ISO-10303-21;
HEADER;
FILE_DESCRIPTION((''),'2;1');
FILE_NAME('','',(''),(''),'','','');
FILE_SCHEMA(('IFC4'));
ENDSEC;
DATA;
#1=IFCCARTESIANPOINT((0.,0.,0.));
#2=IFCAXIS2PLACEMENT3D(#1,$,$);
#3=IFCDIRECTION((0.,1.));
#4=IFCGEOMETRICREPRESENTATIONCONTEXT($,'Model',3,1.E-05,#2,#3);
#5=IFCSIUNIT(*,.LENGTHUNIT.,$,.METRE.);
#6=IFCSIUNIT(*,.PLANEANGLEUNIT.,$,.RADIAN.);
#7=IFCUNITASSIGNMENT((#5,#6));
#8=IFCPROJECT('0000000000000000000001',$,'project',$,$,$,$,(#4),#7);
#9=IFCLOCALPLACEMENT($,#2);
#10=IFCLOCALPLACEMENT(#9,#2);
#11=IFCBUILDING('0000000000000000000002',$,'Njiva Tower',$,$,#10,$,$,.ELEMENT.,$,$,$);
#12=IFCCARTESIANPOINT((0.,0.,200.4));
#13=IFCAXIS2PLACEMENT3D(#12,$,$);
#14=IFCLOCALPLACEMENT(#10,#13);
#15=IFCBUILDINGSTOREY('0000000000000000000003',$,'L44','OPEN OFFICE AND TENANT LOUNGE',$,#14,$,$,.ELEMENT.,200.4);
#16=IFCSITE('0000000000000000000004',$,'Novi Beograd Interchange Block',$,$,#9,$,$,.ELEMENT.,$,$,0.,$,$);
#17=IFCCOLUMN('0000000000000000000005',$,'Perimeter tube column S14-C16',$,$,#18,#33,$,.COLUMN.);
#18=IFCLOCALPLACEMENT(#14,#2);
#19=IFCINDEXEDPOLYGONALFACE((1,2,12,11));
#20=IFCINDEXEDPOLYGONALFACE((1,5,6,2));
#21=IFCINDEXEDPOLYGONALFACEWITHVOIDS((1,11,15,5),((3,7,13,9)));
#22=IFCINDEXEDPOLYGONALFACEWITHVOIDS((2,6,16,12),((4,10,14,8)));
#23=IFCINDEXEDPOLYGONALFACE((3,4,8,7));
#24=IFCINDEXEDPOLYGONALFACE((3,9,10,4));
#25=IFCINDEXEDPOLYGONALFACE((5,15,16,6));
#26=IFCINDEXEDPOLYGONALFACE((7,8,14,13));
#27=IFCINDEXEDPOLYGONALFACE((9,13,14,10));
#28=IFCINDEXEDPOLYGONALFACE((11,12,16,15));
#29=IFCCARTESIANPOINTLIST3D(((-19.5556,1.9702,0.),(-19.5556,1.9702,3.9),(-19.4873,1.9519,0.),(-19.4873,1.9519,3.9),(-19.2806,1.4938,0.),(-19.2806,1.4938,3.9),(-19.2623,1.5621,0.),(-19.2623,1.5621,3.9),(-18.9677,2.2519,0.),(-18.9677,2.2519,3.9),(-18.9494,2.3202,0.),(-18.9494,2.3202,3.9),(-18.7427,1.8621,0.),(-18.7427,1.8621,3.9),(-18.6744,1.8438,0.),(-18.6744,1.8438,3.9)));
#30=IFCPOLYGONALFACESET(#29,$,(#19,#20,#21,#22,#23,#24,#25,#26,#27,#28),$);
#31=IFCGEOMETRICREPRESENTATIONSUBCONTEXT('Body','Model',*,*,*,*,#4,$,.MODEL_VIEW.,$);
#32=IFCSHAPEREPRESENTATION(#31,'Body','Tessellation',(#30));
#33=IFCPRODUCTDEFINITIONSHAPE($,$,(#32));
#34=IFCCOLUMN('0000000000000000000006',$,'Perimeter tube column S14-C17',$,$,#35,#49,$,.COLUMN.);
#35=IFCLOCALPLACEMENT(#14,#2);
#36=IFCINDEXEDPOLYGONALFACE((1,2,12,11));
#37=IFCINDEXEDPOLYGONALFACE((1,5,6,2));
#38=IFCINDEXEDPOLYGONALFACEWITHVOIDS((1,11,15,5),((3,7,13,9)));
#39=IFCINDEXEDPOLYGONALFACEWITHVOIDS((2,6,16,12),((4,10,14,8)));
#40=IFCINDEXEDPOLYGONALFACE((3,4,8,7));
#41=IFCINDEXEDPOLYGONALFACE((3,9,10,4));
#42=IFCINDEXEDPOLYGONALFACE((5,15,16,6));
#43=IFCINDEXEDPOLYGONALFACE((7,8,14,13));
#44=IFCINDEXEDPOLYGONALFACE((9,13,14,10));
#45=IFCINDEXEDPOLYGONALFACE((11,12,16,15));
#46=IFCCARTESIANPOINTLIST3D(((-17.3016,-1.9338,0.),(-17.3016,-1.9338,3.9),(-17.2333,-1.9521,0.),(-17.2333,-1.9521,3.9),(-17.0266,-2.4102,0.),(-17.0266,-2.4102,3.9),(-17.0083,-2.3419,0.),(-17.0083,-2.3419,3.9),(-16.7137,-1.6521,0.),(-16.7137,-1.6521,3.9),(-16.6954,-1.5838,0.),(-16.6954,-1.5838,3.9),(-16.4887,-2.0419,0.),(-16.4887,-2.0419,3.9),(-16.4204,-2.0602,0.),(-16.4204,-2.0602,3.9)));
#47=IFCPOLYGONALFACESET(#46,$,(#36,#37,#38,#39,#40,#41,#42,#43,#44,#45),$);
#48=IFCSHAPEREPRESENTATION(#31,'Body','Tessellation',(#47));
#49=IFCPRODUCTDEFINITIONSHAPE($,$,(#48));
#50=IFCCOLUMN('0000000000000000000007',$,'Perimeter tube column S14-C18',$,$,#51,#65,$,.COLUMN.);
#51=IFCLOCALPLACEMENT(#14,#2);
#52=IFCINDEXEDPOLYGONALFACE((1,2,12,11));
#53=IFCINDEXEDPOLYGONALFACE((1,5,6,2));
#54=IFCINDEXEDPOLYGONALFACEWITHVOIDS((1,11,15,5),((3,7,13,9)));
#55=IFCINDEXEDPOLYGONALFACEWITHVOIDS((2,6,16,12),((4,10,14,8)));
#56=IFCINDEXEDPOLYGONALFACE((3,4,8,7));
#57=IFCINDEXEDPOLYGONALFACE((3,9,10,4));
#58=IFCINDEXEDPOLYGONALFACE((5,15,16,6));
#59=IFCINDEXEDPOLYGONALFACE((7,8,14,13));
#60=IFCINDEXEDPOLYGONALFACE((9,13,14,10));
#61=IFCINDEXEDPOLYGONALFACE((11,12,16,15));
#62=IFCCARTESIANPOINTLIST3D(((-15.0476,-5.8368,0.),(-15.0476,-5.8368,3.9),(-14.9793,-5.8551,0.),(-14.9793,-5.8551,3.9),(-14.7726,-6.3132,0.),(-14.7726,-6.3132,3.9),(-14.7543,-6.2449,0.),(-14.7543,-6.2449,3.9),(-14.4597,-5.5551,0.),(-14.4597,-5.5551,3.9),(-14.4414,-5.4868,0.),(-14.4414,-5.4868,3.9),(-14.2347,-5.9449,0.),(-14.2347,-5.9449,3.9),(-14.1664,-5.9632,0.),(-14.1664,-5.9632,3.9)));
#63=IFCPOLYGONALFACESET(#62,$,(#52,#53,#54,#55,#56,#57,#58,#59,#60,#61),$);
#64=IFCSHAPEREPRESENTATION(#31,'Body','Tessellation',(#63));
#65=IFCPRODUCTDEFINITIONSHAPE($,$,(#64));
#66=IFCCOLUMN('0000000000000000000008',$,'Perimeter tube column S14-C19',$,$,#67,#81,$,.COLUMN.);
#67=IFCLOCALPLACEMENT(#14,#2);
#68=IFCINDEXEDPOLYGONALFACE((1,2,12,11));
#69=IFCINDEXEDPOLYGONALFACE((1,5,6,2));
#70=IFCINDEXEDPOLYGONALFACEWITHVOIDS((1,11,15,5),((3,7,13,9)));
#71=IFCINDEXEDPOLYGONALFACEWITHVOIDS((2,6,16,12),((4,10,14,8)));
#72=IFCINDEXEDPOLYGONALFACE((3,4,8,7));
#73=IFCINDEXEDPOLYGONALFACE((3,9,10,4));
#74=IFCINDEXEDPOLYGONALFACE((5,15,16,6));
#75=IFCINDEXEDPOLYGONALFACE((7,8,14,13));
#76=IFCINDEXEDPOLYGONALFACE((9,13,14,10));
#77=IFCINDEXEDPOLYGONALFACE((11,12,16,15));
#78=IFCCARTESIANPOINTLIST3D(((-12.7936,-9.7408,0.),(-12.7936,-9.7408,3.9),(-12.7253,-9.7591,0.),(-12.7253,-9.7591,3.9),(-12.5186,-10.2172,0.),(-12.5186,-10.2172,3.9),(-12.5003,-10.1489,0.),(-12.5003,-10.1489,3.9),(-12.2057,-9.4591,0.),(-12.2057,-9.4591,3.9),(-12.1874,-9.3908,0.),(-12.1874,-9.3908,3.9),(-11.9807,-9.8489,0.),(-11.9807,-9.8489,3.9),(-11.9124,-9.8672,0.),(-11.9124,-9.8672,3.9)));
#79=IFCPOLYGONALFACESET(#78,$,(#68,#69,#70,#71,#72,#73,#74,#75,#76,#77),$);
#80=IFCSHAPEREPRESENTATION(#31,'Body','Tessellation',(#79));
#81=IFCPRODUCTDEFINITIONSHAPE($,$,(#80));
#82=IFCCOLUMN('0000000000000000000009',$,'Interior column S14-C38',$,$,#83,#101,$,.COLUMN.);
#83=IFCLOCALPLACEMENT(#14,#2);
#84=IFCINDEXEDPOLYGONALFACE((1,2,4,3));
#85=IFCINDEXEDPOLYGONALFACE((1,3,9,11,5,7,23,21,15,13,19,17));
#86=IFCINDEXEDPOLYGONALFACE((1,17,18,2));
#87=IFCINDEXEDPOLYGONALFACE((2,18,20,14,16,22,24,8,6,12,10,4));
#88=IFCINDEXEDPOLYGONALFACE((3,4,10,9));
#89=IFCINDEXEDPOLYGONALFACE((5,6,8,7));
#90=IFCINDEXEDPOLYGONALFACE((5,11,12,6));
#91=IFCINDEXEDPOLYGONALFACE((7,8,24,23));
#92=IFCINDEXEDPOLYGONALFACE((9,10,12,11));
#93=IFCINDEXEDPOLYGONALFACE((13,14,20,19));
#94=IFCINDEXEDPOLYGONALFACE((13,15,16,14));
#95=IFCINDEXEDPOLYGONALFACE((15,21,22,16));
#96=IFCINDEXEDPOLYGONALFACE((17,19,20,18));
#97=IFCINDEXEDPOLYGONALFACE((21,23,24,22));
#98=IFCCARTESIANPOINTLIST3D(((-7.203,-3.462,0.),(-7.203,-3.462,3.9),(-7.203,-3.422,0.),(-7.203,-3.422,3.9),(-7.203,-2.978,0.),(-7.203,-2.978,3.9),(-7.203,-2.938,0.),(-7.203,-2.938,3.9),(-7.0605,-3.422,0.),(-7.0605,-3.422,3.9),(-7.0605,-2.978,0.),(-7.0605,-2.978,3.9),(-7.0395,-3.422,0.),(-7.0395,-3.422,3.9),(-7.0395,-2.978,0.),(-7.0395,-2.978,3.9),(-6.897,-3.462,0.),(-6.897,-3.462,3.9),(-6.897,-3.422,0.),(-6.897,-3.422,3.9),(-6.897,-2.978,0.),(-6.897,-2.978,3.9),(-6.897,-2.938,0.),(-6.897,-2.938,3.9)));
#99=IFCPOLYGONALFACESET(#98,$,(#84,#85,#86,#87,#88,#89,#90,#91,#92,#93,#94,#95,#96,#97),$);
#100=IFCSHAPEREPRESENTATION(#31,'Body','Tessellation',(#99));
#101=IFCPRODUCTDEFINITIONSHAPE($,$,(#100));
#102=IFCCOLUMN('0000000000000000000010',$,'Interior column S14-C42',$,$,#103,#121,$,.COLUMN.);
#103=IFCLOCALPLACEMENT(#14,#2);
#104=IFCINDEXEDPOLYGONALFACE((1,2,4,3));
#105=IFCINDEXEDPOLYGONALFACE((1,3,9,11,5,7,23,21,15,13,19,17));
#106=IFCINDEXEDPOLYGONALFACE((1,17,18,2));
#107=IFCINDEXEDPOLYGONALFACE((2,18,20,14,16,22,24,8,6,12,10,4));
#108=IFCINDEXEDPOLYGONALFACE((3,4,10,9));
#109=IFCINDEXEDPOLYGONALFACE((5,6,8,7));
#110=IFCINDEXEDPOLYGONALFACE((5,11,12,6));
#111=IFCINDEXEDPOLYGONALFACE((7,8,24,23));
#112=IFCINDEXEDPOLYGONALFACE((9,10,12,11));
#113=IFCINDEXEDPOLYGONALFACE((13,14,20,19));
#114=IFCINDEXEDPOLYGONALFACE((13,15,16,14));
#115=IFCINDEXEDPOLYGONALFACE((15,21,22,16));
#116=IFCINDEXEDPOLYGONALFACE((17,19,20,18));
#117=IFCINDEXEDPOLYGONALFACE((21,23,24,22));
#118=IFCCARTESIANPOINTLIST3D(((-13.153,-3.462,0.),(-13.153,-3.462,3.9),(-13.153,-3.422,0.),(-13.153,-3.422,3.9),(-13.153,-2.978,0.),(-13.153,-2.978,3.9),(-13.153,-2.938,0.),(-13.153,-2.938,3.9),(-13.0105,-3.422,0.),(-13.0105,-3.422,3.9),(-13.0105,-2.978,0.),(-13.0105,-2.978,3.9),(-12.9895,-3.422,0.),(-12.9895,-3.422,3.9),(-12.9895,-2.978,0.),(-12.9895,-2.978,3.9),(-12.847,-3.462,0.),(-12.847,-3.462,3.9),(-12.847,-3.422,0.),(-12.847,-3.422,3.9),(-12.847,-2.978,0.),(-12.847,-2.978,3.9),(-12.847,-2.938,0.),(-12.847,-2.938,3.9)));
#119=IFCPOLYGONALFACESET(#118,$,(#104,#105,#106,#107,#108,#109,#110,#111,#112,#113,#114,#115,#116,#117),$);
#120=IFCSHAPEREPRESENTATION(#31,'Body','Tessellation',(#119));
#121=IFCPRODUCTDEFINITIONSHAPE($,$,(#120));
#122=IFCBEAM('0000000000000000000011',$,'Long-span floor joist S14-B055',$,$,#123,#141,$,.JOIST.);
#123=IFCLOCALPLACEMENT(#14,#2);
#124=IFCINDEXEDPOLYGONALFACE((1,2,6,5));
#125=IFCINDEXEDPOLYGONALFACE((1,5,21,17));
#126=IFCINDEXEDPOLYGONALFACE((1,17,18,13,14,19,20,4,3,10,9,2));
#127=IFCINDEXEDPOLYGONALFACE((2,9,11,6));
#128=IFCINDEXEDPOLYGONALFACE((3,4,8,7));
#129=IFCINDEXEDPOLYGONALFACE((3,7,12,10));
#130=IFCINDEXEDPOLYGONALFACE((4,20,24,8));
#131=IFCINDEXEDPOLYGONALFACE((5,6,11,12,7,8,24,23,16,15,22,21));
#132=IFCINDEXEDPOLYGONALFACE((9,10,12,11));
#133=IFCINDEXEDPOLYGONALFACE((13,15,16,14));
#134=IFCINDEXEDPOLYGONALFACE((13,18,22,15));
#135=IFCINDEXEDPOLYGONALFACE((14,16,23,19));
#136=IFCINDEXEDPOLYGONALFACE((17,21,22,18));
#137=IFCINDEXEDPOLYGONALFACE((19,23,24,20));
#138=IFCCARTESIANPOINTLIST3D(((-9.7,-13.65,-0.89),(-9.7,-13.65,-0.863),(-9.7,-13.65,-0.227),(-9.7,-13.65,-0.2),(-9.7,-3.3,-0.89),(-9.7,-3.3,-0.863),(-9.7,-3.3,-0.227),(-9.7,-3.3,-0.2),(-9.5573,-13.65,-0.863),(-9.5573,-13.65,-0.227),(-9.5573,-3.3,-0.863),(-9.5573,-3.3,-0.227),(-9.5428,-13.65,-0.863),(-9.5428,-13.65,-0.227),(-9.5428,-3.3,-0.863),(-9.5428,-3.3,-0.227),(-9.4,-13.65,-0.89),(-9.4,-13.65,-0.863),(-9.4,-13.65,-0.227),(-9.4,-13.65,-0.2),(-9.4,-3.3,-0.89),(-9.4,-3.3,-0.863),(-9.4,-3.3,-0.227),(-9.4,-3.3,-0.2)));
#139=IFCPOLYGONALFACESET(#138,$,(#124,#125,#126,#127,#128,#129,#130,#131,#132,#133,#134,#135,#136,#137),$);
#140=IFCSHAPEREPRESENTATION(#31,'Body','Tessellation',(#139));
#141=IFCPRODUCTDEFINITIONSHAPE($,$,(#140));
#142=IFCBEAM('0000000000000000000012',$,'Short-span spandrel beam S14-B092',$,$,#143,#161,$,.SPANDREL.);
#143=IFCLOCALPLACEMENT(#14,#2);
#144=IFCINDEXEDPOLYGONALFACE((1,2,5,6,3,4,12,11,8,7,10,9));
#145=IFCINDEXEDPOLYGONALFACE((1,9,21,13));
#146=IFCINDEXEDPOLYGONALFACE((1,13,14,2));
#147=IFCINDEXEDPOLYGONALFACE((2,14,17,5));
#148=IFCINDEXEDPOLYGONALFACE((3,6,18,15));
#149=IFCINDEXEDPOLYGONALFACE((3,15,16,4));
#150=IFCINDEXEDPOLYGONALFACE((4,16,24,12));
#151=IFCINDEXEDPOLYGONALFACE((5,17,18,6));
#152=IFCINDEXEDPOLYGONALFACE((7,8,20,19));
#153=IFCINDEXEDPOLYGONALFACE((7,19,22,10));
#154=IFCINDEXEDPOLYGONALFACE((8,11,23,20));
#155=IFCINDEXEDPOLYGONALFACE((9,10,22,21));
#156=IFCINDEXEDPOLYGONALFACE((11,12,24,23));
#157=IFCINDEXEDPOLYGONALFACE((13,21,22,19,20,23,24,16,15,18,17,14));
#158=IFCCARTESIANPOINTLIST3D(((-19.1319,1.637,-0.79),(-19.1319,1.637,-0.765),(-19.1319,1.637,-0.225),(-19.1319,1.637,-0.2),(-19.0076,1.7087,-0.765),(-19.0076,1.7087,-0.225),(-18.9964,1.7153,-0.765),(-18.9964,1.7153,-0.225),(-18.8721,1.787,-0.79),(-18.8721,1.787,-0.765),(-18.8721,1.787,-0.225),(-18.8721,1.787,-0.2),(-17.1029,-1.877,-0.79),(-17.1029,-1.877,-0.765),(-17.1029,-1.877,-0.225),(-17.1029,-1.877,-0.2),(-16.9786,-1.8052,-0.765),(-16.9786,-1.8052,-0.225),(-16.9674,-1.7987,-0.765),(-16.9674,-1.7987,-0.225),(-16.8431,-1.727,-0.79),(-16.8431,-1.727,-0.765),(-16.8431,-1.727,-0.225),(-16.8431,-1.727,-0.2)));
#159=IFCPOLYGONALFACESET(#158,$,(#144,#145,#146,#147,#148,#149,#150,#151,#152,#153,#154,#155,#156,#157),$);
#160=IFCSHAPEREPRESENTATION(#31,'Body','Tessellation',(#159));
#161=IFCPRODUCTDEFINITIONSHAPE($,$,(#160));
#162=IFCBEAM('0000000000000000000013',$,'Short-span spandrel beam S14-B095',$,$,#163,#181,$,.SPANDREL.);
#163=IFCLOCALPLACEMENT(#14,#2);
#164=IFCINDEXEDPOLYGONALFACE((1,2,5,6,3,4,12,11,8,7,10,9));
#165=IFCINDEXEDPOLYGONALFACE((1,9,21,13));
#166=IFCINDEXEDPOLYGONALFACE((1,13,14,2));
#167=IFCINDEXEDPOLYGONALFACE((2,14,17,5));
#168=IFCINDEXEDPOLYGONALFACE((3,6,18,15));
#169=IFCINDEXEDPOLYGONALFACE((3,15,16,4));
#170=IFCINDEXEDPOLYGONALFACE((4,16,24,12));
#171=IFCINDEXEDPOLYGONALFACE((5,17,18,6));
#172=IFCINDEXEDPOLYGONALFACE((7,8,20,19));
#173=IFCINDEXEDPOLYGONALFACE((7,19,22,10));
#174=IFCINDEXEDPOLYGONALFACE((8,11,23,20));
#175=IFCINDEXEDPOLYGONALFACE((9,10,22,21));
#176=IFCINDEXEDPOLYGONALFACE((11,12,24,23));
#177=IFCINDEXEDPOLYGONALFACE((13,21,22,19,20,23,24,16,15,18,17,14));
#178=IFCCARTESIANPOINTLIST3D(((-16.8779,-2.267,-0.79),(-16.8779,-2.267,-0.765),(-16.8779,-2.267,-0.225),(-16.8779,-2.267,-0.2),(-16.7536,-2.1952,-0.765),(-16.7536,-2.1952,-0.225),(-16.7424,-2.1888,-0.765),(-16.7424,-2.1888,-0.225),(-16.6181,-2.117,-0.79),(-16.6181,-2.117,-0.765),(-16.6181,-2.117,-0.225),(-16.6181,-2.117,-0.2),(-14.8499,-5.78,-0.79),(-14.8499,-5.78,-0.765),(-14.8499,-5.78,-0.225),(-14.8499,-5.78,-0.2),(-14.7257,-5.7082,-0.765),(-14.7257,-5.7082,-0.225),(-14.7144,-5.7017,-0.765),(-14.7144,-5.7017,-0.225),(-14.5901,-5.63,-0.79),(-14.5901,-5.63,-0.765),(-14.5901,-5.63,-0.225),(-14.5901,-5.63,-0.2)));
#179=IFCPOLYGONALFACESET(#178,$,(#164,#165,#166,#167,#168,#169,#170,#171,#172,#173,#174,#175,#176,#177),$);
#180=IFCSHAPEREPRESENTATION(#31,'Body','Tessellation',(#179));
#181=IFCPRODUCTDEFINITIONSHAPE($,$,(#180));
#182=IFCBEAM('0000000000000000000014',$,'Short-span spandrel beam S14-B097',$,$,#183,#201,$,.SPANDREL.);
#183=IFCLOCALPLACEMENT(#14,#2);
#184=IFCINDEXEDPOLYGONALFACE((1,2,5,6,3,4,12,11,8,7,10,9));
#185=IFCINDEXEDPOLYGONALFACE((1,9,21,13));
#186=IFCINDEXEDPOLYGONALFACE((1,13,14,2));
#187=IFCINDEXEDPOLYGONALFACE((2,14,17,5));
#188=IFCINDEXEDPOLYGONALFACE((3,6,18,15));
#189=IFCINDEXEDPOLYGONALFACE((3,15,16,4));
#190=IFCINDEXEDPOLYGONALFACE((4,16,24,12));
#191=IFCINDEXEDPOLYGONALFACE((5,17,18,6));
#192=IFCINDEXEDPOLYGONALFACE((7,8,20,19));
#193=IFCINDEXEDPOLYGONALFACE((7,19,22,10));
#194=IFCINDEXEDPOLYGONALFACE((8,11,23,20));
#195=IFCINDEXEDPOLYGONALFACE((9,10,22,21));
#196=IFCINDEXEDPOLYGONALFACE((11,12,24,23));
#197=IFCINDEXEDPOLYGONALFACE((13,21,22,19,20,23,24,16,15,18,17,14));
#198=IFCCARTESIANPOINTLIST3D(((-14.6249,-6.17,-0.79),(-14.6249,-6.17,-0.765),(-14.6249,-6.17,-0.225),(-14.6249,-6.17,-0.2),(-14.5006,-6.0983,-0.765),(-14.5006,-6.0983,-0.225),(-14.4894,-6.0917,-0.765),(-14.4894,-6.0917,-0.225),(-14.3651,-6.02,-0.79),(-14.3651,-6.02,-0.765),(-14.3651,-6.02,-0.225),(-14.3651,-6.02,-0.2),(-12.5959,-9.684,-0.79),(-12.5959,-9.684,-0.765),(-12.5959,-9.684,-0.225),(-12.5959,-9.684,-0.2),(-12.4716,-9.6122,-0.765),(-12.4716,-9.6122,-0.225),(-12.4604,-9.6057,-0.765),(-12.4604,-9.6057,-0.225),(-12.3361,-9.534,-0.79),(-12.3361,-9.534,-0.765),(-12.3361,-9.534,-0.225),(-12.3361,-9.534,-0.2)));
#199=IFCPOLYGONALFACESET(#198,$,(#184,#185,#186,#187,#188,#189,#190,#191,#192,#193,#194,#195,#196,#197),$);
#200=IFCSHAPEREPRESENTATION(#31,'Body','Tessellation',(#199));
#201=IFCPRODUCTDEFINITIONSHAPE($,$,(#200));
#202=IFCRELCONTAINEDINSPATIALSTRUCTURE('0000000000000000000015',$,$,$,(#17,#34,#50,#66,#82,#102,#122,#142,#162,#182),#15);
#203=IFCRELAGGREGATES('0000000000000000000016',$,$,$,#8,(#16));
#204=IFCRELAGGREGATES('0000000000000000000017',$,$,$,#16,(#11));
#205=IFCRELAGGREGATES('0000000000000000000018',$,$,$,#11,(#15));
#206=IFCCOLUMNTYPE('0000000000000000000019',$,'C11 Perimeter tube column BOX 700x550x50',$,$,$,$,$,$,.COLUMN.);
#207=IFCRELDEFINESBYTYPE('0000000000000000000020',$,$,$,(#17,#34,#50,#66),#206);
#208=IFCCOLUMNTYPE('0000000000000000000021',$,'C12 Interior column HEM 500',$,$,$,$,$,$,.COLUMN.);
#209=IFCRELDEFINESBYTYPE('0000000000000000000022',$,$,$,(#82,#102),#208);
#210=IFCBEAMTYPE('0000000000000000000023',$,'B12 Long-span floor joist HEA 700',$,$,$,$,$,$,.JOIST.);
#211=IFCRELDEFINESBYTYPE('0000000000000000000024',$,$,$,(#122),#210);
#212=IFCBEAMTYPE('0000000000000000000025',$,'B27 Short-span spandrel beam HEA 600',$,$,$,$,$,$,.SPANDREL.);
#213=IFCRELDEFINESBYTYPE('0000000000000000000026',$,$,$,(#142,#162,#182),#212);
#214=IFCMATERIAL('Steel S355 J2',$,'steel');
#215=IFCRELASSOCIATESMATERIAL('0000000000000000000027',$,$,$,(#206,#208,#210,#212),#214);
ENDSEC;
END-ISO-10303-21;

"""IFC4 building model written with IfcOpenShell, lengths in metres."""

from ifc_helpers import new_model, si_unit, direction, frame, origin, origin_2d, place, context, subcontext, project, spatial, hollow_rectangle, i_section, extrude, material, material_profile, profile_set, type_object, element, save


model = new_model("IFC4")

# Units and contexts
model_context = context("Model", 3, precision=1e-05, world=origin(), true_north=direction((0.0, 1.0)))
body_context = subcontext(model_context, "Body", "Model", "MODEL_VIEW")
ifc_project = project(units=[si_unit("LENGTHUNIT", "METRE"), si_unit("PLANEANGLEUNIT", "RADIAN")], contexts=[model_context])

# Site, building, storey
site_placement = place(None, origin())
site = spatial("IfcSite", under=ifc_project, at=site_placement, Name="Novi Beograd Interchange Block", CompositionType="ELEMENT", RefElevation=0.0)
building_placement = place(site_placement, origin())
building = spatial("IfcBuilding", under=site, at=building_placement, Name="Njiva Tower", CompositionType="ELEMENT")
storey_placement = place(building_placement, frame((0.0, 0.0, 200.4)))
storey = spatial("IfcBuildingStorey", under=building, at=storey_placement, Name="L44", Description="OPEN OFFICE AND TENANT LOUNGE", CompositionType="ELEMENT", Elevation=200.4)

# Columns
ifc_material_1 = material(Name="Steel S355 J2", Category="steel")
ifc_material_profile_1 = material_profile(ifc_material_1, hollow_rectangle(XDim=0.55, YDim=0.7, WallThickness=0.05, at=origin_2d()), Name="BOX 700x550x50")
ifc_profile_set_1 = profile_set([ifc_material_profile_1], Name="Steel S355 J2")
column_type_1 = type_object("IfcColumnType", Name="C11 Perimeter tube column BOX 700x550x50", PredefinedType="COLUMN", material=ifc_profile_set_1)
for number, where, z_axis, x_axis, name in (
    (1, (-19.115, 1.907, 0.0), (0.0, 0.0, 1.0), (0.5, -0.866025, 0.0), "Perimeter tube column S14-C16"),
    (2, (-16.861, -1.997, 0.0), (0.0, 0.0, 1.0), (0.5, -0.866025, 0.0), "Perimeter tube column S14-C17"),
    (3, (-14.607, -5.9, 0.0), (0.0, 0.0, 1.0), (0.5, -0.866025, 0.0), "Perimeter tube column S14-C18"),
    (4, (-12.353, -9.804, 0.0), (0.0, 0.0, 1.0), (0.5, -0.866025, 0.0), "Perimeter tube column S14-C19"),
):
    element("IfcColumn", number, at=place(storey_placement, frame(where, z_axis=z_axis, x_axis=x_axis)), inside=storey, type_object=column_type_1, Name=name, PredefinedType="COLUMN", context=body_context, shape_type="SweptSolid", body=[
        extrude(hollow_rectangle(XDim=0.55, YDim=0.7, WallThickness=0.05, at=origin_2d()), origin(), (0.0, 0.0, 1.0), 3.9),
    ])
ifc_material_profile_2 = material_profile(ifc_material_1, i_section(OverallWidth=0.306, OverallDepth=0.524, WebThickness=0.021, FlangeThickness=0.04, at=origin_2d()), Name="HEM 500")
ifc_profile_set_2 = profile_set([ifc_material_profile_2], Name="Steel S355 J2")
column_type_2 = type_object("IfcColumnType", Name="C12 Interior column HEM 500", PredefinedType="COLUMN", material=ifc_profile_set_2)
for number, where, z_axis, x_axis, name in (
    (5, (-7.05, -3.2, 0.0), (0.0, 0.0, 1.0), (1.0, 0.0, 0.0), "Interior column S14-C38"),
    (6, (-13.0, -3.2, 0.0), (0.0, 0.0, 1.0), (1.0, 0.0, 0.0), "Interior column S14-C42"),
):
    element("IfcColumn", number, at=place(storey_placement, frame(where, z_axis=z_axis, x_axis=x_axis)), inside=storey, type_object=column_type_2, Name=name, PredefinedType="COLUMN", context=body_context, shape_type="SweptSolid", body=[
        extrude(i_section(OverallWidth=0.306, OverallDepth=0.524, WebThickness=0.021, FlangeThickness=0.04, at=origin_2d()), origin(), (0.0, 0.0, 1.0), 3.9),
    ])

# Beams
ifc_material_profile_3 = material_profile(ifc_material_1, i_section(OverallWidth=0.3, OverallDepth=0.69, WebThickness=0.0145, FlangeThickness=0.027, at=origin_2d()), Name="HEA 700")
ifc_profile_set_3 = profile_set([ifc_material_profile_3], Name="Steel S355 J2")
beam_type_1 = type_object("IfcBeamType", Name="B12 Long-span floor joist HEA 700", PredefinedType="JOIST", material=ifc_profile_set_3)
beam_1_placement = place(storey_placement, frame((-9.55, -3.3, -0.545), z_axis=(0.0, -1.0, 0.0), x_axis=(1.0, 0.0, 0.0)))
element("IfcBeam", 7, at=beam_1_placement, inside=storey, type_object=beam_type_1, Name="Long-span floor joist S14-B055", PredefinedType="JOIST", context=body_context, shape_type="SweptSolid", body=[
    extrude(i_section(OverallWidth=0.3, OverallDepth=0.69, WebThickness=0.0145, FlangeThickness=0.027, at=origin_2d()), origin(), (0.0, 0.0, 1.0), 10.35),
])
ifc_material_profile_4 = material_profile(ifc_material_1, i_section(OverallWidth=0.3, OverallDepth=0.59, WebThickness=0.013, FlangeThickness=0.025, at=origin_2d()), Name="HEA 600")
ifc_profile_set_4 = profile_set([ifc_material_profile_4], Name="Steel S355 J2")
beam_type_2 = type_object("IfcBeamType", Name="B27 Short-span spandrel beam HEA 600", PredefinedType="SPANDREL", material=ifc_profile_set_4)
beam_2_placement = place(storey_placement, frame((-19.002, 1.712, -0.495), z_axis=(0.500035, -0.866005, 0.0), x_axis=(0.866005, 0.500035, 0.0)))
element("IfcBeam", 8, at=beam_2_placement, inside=storey, type_object=beam_type_2, Name="Short-span spandrel beam S14-B092", PredefinedType="SPANDREL", context=body_context, shape_type="SweptSolid", body=[
    extrude(i_section(OverallWidth=0.3, OverallDepth=0.59, WebThickness=0.013, FlangeThickness=0.025, at=origin_2d()), origin(), (0.0, 0.0, 1.0), 4.0577),
])
beam_3_placement = place(storey_placement, frame((-16.748, -2.192, -0.495), z_axis=(0.499957, -0.86605, 0.0), x_axis=(0.86605, 0.499957, 0.0)))
element("IfcBeam", 9, at=beam_3_placement, inside=storey, type_object=beam_type_2, Name="Short-span spandrel beam S14-B095", PredefinedType="SPANDREL", context=body_context, shape_type="SweptSolid", body=[
    extrude(i_section(OverallWidth=0.3, OverallDepth=0.59, WebThickness=0.013, FlangeThickness=0.025, at=origin_2d()), origin(), (0.0, 0.0, 1.0), 4.0563),
])
beam_4_placement = place(storey_placement, frame((-14.495, -6.095, -0.495), z_axis=(0.500035, -0.866005, 0.0), x_axis=(0.866005, 0.500035, 0.0)))
element("IfcBeam", 10, at=beam_4_placement, inside=storey, type_object=beam_type_2, Name="Short-span spandrel beam S14-B097", PredefinedType="SPANDREL", context=body_context, shape_type="SweptSolid", body=[
    extrude(i_section(OverallWidth=0.3, OverallDepth=0.59, WebThickness=0.013, FlangeThickness=0.025, at=origin_2d()), origin(), (0.0, 0.0, 1.0), 4.0577),
])

save(model, "model.ifc")
